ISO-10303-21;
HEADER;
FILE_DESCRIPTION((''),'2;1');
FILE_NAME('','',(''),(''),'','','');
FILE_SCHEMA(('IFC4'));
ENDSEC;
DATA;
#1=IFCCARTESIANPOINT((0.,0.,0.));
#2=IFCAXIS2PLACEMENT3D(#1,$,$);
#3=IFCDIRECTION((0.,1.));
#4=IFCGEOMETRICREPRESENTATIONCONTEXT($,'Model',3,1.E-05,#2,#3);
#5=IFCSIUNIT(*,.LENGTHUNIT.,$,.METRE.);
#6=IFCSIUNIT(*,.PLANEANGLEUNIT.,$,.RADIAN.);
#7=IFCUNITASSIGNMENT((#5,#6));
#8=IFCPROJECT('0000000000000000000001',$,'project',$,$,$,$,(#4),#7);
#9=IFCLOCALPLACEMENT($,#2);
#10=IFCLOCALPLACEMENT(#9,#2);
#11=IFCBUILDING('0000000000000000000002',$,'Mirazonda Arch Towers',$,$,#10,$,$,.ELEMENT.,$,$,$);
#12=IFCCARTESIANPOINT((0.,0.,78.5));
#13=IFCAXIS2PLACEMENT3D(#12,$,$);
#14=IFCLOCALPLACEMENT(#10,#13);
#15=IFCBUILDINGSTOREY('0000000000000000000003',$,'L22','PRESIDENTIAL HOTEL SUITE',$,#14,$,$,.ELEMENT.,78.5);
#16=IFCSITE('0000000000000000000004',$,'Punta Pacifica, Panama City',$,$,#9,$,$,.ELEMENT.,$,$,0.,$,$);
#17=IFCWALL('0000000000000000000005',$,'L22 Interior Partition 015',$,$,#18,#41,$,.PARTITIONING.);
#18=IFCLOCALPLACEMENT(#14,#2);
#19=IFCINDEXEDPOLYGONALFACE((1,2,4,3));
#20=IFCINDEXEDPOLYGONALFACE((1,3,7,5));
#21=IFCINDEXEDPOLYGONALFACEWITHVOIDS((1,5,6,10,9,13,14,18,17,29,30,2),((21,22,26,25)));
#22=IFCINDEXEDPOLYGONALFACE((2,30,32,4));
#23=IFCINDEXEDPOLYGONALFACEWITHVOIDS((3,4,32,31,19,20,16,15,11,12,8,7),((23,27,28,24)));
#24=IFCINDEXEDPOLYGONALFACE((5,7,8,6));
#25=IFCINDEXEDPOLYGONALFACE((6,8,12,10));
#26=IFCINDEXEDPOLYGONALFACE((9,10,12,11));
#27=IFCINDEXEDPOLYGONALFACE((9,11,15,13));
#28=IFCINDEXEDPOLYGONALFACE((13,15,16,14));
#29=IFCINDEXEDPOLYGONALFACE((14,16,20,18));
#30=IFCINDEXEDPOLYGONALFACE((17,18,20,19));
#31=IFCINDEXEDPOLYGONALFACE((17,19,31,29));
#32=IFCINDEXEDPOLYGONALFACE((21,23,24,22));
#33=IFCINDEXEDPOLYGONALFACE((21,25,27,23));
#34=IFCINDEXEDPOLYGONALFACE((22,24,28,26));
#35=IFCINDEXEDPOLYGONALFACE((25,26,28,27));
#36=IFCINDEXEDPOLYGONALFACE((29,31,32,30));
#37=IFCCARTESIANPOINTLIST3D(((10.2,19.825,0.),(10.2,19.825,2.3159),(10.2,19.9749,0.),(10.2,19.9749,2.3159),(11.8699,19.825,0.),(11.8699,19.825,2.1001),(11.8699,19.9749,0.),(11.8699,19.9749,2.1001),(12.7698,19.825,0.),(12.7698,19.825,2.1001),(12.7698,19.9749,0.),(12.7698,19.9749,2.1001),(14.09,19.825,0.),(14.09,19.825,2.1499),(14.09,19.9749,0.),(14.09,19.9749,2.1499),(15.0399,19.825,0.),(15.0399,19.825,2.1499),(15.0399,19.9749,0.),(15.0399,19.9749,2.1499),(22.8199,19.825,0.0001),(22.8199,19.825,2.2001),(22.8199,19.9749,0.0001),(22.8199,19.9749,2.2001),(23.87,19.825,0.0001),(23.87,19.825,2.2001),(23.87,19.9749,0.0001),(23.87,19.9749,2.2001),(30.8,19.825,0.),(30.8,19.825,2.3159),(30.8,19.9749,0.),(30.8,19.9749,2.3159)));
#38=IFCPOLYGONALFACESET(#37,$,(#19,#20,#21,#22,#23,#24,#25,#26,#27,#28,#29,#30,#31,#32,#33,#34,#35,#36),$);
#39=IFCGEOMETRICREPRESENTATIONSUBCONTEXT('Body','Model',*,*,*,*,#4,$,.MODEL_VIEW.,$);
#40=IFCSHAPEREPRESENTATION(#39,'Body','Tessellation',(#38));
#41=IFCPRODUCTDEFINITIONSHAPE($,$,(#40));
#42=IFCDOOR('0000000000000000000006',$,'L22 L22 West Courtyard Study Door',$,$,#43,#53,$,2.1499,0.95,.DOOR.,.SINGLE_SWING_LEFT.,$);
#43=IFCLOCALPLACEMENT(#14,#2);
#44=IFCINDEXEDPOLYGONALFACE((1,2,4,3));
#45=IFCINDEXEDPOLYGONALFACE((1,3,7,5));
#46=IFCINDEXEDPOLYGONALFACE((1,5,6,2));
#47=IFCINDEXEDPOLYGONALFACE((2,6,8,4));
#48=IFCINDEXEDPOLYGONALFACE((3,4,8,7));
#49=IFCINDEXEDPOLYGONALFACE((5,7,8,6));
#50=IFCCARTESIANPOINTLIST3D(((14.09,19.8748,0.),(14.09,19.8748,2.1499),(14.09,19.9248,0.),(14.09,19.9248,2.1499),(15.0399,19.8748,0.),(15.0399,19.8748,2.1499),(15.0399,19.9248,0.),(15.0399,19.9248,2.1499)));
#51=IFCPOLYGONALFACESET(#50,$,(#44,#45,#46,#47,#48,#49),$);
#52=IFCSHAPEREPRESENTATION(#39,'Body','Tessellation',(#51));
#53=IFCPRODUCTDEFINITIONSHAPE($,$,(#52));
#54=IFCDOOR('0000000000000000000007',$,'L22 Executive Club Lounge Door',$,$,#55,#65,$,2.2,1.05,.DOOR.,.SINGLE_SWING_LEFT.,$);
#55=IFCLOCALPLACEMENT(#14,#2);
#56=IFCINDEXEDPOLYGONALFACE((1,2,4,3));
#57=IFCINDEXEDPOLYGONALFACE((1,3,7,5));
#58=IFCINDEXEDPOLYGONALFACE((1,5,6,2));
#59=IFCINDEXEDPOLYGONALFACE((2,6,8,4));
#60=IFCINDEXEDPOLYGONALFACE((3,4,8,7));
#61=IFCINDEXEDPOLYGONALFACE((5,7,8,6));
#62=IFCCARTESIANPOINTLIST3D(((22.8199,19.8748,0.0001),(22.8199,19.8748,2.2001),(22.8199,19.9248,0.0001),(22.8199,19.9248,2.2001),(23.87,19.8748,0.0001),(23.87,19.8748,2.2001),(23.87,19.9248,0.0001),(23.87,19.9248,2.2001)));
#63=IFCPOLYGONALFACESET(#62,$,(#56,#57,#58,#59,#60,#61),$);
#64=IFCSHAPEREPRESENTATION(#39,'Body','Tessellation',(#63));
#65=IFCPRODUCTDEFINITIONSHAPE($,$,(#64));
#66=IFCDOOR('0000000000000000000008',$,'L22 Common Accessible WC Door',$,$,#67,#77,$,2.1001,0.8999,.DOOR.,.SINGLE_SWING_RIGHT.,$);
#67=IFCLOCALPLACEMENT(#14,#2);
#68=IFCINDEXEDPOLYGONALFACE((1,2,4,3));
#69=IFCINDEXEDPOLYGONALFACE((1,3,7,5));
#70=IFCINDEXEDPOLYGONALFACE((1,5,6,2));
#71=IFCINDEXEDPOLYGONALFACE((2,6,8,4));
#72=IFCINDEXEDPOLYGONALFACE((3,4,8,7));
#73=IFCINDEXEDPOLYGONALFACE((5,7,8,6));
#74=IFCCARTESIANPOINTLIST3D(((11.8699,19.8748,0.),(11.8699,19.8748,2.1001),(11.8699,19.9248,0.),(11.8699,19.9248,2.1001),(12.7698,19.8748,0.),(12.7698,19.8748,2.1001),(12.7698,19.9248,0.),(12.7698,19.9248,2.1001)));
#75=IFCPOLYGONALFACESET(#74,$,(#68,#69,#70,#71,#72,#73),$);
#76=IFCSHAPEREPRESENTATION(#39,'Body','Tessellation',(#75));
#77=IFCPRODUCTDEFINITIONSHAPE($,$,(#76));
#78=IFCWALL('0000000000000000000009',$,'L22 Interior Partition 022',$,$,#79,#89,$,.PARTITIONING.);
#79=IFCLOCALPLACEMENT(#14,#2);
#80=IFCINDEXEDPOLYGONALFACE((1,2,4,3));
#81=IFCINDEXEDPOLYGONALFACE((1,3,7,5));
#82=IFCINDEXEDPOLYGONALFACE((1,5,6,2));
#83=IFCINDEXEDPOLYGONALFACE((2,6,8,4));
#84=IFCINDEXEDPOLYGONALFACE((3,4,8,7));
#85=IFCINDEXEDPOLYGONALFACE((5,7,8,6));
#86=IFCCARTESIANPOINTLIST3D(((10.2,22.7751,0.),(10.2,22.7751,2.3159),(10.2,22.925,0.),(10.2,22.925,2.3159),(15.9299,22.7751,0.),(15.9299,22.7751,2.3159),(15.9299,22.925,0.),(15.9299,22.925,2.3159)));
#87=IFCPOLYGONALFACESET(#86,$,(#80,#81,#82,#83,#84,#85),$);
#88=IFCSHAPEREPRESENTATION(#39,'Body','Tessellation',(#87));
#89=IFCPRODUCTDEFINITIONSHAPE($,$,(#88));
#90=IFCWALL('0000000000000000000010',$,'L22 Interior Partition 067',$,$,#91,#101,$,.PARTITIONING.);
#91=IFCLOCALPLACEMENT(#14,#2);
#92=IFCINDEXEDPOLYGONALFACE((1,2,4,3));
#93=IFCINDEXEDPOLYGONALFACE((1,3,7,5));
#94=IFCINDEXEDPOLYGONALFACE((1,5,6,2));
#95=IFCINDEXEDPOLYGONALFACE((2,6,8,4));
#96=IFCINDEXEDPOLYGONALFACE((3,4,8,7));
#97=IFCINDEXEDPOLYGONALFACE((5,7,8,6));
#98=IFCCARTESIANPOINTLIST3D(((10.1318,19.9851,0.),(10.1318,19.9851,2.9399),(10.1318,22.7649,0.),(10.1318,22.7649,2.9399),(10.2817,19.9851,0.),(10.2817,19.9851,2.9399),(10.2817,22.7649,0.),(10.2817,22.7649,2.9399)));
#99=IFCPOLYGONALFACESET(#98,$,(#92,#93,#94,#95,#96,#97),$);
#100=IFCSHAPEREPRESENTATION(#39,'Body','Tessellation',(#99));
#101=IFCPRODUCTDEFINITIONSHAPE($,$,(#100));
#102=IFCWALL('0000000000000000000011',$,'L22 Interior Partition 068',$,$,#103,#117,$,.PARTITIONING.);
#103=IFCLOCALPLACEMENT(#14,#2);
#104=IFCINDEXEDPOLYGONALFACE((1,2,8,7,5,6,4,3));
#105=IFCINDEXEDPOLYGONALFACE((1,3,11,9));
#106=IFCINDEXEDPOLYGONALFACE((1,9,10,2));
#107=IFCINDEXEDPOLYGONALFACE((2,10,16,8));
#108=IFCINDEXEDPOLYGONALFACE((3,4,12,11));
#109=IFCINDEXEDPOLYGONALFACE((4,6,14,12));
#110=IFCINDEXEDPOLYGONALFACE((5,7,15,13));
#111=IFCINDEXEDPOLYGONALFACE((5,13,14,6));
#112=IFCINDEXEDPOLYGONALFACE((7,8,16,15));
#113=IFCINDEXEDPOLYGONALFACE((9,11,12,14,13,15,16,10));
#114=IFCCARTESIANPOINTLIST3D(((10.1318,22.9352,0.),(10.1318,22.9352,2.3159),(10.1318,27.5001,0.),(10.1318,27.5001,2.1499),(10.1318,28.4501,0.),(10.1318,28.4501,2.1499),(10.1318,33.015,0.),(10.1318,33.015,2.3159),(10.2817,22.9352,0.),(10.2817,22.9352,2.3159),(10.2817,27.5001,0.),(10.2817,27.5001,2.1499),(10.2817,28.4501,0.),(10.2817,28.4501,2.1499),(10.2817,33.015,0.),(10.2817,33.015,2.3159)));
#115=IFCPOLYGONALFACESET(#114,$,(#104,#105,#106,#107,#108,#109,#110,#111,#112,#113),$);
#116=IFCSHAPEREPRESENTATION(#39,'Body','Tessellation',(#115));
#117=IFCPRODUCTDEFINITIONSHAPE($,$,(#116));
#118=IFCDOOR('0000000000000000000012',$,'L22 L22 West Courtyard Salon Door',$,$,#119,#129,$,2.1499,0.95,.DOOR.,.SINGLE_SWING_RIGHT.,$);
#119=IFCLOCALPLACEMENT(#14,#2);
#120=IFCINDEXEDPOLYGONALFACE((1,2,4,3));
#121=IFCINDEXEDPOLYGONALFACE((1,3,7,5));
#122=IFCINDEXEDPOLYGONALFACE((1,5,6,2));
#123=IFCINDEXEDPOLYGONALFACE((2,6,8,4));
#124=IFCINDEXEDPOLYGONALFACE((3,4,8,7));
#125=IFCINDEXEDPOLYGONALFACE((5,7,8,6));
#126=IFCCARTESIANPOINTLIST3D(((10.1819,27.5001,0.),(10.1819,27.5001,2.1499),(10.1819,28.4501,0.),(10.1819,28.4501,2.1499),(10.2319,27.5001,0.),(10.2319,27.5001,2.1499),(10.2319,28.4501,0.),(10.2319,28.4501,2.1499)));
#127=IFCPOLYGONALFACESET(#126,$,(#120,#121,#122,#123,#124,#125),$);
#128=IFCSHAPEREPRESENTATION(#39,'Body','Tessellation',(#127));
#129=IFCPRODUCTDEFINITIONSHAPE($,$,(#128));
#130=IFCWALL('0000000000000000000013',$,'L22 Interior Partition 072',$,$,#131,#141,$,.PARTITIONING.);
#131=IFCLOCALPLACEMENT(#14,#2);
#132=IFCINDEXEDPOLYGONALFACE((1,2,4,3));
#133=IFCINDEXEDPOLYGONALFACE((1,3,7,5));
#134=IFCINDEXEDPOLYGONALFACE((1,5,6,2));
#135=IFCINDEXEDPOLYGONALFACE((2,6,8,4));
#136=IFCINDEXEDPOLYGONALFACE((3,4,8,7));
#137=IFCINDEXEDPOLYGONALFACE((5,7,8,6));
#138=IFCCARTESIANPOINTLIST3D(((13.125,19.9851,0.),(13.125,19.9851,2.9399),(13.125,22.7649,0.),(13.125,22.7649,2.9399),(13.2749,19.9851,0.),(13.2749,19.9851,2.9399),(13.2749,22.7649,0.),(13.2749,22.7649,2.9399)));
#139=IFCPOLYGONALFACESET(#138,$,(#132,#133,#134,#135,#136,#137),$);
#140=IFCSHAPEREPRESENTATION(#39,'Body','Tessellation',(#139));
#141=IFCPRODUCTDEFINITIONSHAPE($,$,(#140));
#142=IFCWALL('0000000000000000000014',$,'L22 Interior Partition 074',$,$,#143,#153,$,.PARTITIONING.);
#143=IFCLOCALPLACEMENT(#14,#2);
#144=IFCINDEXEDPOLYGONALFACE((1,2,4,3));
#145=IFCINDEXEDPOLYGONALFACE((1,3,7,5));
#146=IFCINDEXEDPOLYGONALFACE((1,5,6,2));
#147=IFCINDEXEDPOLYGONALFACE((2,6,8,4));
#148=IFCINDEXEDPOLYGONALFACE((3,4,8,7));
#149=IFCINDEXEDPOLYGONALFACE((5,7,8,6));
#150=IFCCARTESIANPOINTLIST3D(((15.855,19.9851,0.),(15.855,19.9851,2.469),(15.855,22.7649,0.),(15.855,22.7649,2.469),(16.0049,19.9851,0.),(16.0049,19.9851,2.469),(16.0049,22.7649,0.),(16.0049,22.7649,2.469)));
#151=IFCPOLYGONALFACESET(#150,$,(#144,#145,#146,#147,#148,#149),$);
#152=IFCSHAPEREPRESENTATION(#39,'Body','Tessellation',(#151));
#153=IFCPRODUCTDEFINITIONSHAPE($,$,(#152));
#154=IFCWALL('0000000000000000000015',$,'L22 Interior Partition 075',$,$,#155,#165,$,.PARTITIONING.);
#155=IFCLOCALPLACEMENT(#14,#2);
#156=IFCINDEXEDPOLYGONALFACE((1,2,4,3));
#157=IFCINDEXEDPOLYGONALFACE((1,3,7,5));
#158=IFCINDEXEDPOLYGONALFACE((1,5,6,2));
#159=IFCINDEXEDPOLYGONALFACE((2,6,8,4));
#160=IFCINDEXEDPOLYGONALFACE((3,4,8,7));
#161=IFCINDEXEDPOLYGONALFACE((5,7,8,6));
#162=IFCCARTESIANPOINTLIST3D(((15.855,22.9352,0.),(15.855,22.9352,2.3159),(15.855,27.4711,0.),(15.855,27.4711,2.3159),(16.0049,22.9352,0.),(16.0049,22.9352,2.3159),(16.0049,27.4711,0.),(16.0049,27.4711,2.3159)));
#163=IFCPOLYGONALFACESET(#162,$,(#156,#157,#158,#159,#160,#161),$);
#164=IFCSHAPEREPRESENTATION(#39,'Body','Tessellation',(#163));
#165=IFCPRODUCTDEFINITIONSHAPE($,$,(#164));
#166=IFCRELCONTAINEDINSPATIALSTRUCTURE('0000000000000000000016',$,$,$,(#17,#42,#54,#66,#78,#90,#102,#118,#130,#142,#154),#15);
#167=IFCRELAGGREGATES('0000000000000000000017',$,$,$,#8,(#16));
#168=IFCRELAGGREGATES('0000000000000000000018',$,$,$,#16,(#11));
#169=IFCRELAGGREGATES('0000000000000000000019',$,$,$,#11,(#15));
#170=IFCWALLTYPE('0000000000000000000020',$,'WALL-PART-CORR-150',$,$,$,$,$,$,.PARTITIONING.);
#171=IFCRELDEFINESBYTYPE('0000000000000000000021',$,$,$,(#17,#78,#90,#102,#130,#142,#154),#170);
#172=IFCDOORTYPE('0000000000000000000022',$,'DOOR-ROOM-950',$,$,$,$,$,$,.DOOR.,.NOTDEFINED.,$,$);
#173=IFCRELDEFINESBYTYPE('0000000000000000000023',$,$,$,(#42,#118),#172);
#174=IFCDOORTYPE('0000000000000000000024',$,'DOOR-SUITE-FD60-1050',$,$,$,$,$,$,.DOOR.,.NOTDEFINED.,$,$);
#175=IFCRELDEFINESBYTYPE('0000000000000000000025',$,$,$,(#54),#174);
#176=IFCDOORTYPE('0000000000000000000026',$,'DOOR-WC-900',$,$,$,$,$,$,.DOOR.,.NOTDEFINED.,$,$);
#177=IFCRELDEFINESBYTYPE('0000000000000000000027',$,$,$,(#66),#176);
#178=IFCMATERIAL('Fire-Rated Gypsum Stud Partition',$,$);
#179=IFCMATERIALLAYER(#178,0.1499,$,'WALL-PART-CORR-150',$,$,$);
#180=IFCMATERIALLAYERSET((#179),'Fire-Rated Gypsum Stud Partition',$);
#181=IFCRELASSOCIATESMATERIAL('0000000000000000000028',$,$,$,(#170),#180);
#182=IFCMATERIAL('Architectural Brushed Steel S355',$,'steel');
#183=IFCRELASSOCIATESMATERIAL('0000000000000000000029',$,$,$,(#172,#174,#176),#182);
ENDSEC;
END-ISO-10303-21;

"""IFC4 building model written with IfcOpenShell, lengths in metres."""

from ifc_helpers import new_model, si_unit, direction, frame, frame_2d, origin, place, context, subcontext, project, spatial, rectangle, extrude, material, layer, layer_set, type_object, element, fill, save


model = new_model("IFC4")

# Units and contexts
model_context = context("Model", 3, precision=1e-05, world=origin(), true_north=direction((0.0, 1.0)))
body_context = subcontext(model_context, "Body", "Model", "MODEL_VIEW")
ifc_project = project(units=[si_unit("LENGTHUNIT", "METRE"), si_unit("PLANEANGLEUNIT", "RADIAN")], contexts=[model_context])

# Site, building, storey
site_placement = place(None, origin())
site = spatial("IfcSite", under=ifc_project, at=site_placement, Name="Punta Pacifica, Panama City", CompositionType="ELEMENT", RefElevation=0.0)
building_placement = place(site_placement, origin())
building = spatial("IfcBuilding", under=site, at=building_placement, Name="Mirazonda Arch Towers", CompositionType="ELEMENT")
storey_placement = place(building_placement, frame((0.0, 0.0, 78.5)))
storey = spatial("IfcBuildingStorey", under=building, at=storey_placement, Name="L22", Description="PRESIDENTIAL HOTEL SUITE", CompositionType="ELEMENT", Elevation=78.5)

# Shared definitions
ifc_material_1 = material(Name="Architectural Brushed Steel S355", Category="steel")

# Wall, openings, doors
ifc_material_2 = material(Name="Fire-Rated Gypsum Stud Partition")
ifc_layer_1 = layer(ifc_material_2, 0.1499, Name="WALL-PART-CORR-150")
ifc_layer_set_1 = layer_set([ifc_layer_1], Name="Fire-Rated Gypsum Stud Partition")
wall_type_1 = type_object("IfcWallType", Name="WALL-PART-CORR-150", PredefinedType="PARTITIONING", material=ifc_layer_set_1)
wall_1_placement = place(storey_placement, frame((10.2, 19.8999, 0.0), z_axis=(0.0, 0.0, 1.0), x_axis=(1.0, 0.0, 0.0)))
wall_1 = element("IfcWall", 1, at=wall_1_placement, inside=storey, type_object=wall_type_1, Name="L22 Interior Partition 015", PredefinedType="PARTITIONING", context=body_context, shape_type="SweptSolid", body=[
    extrude(rectangle(XDim=20.6001, YDim=0.1499, at=frame_2d((10.3, 0.0))), origin(), (0.0, 0.0, 1.0), 2.3159),
])
opening_1_placement = place(wall_1_placement, frame((1.6699, 0.0, 0.0)))
opening_1 = element("IfcOpeningElement", 2, at=opening_1_placement, cuts=wall_1, PredefinedType="OPENING", context=body_context, shape_type="SweptSolid", body=[
    extrude(rectangle(XDim=0.8999, YDim=2.1001, at=frame_2d((0.45, 1.05))), frame((0.0, 0.085, 0.0), z_axis=(0.0, -1.0, 0.0), x_axis=(1.0, 0.0, 0.0)), (0.0, 0.0, 1.0), 0.1699),
])
opening_2_placement = place(wall_1_placement, frame((3.8899, 0.0, 0.0)))
opening_2 = element("IfcOpeningElement", 3, at=opening_2_placement, cuts=wall_1, PredefinedType="OPENING", context=body_context, shape_type="SweptSolid", body=[
    extrude(rectangle(XDim=0.95, YDim=2.1499, at=frame_2d((0.4751, 1.075))), frame((0.0, 0.085, 0.0), z_axis=(0.0, -1.0, 0.0), x_axis=(1.0, 0.0, 0.0)), (0.0, 0.0, 1.0), 0.1699),
])
opening_3_placement = place(wall_1_placement, frame((12.6201, 0.0, 0.0)))
opening_3 = element("IfcOpeningElement", 4, at=opening_3_placement, cuts=wall_1, PredefinedType="OPENING", context=body_context, shape_type="SweptSolid", body=[
    extrude(rectangle(XDim=1.05, YDim=2.2, at=frame_2d((0.5249, 1.1001))), frame((0.0, 0.085, 0.0), z_axis=(0.0, -1.0, 0.0), x_axis=(1.0, 0.0, 0.0)), (0.0, 0.0, 1.0), 0.1699),
])
door_type_1 = type_object("IfcDoorType", Name="DOOR-ROOM-950", OperationType="NOTDEFINED", PredefinedType="DOOR", material=ifc_material_1)
door_1_placement = place(opening_2_placement, origin())
door_1 = element("IfcDoor", 5, at=door_1_placement, inside=storey, type_object=door_type_1, Name="L22 L22 West Courtyard Study Door", OperationType="SINGLE_SWING_LEFT", OverallHeight=2.1499, OverallWidth=0.95, PredefinedType="DOOR", context=body_context, shape_type="SweptSolid", body=[
    extrude(rectangle(XDim=0.95, YDim=2.1499, at=frame_2d((0.4751, 1.075))), frame((0.0, 0.0249, 0.0), z_axis=(0.0, -1.0, 0.0), x_axis=(1.0, 0.0, 0.0)), (0.0, 0.0, 1.0), 0.05),
])
fill(opening_2, door_1)
door_type_2 = type_object("IfcDoorType", Name="DOOR-SUITE-FD60-1050", OperationType="NOTDEFINED", PredefinedType="DOOR", material=ifc_material_1)
door_2_placement = place(opening_3_placement, origin())
door_2 = element("IfcDoor", 6, at=door_2_placement, inside=storey, type_object=door_type_2, Name="L22 Executive Club Lounge Door", OperationType="SINGLE_SWING_LEFT", OverallHeight=2.2, OverallWidth=1.05, PredefinedType="DOOR", context=body_context, shape_type="SweptSolid", body=[
    extrude(rectangle(XDim=1.05, YDim=2.2, at=frame_2d((0.5249, 1.1001))), frame((0.0, 0.0249, 0.0), z_axis=(0.0, -1.0, 0.0), x_axis=(1.0, 0.0, 0.0)), (0.0, 0.0, 1.0), 0.05),
])
fill(opening_3, door_2)
door_type_3 = type_object("IfcDoorType", Name="DOOR-WC-900", OperationType="NOTDEFINED", PredefinedType="DOOR", material=ifc_material_1)
door_3_placement = place(opening_1_placement, origin())
door_3 = element("IfcDoor", 7, at=door_3_placement, inside=storey, type_object=door_type_3, Name="L22 Common Accessible WC Door", OperationType="SINGLE_SWING_RIGHT", OverallHeight=2.1001, OverallWidth=0.8999, PredefinedType="DOOR", context=body_context, shape_type="SweptSolid", body=[
    extrude(rectangle(XDim=0.8999, YDim=2.1001, at=frame_2d((0.45, 1.05))), frame((0.0, 0.0249, 0.0), z_axis=(0.0, -1.0, 0.0), x_axis=(1.0, 0.0, 0.0)), (0.0, 0.0, 1.0), 0.05),
])
fill(opening_1, door_3)

# Walls
wall_2_placement = place(storey_placement, frame((10.2, 22.8501, 0.0), z_axis=(0.0, 0.0, 1.0), x_axis=(1.0, 0.0, 0.0)))
element("IfcWall", 8, at=wall_2_placement, inside=storey, type_object=wall_type_1, Name="L22 Interior Partition 022", PredefinedType="PARTITIONING", context=body_context, shape_type="SweptSolid", body=[
    extrude(rectangle(XDim=5.73, YDim=0.1499, at=frame_2d((2.865, 0.0))), origin(), (0.0, 0.0, 1.0), 2.3159),
])
wall_3_placement = place(storey_placement, frame((10.2068, 19.9851, 0.0), z_axis=(0.0, 0.0, 1.0), x_axis=(0.0, 1.0, 0.0)))
element("IfcWall", 9, at=wall_3_placement, inside=storey, type_object=wall_type_1, Name="L22 Interior Partition 067", PredefinedType="PARTITIONING", context=body_context, shape_type="SweptSolid", body=[
    extrude(rectangle(XDim=2.7798, YDim=0.1499, at=frame_2d((1.3899, 0.0))), origin(), (0.0, 0.0, 1.0), 2.9399),
])

# Wall, opening, door
wall_4_placement = place(storey_placement, frame((10.2068, 22.9351, 0.0), z_axis=(0.0, 0.0, 1.0), x_axis=(0.0, 1.0, 0.0)))
wall_4 = element("IfcWall", 10, at=wall_4_placement, inside=storey, type_object=wall_type_1, Name="L22 Interior Partition 068", PredefinedType="PARTITIONING", context=body_context, shape_type="SweptSolid", body=[
    extrude(rectangle(XDim=10.0798, YDim=0.1499, at=frame_2d((5.04, 0.0))), origin(), (0.0, 0.0, 1.0), 2.3159),
])
opening_4_placement = place(wall_4_placement, frame((4.5649, 0.0, 0.0)))
opening_4 = element("IfcOpeningElement", 11, at=opening_4_placement, cuts=wall_4, PredefinedType="OPENING", context=body_context, shape_type="SweptSolid", body=[
    extrude(rectangle(XDim=0.95, YDim=2.1499, at=frame_2d((0.4751, 1.075))), frame((0.0, 0.085, 0.0), z_axis=(0.0, -1.0, 0.0), x_axis=(1.0, 0.0, 0.0)), (0.0, 0.0, 1.0), 0.1699),
])
door_4_placement = place(opening_4_placement, origin())
door_4 = element("IfcDoor", 12, at=door_4_placement, inside=storey, type_object=door_type_1, Name="L22 L22 West Courtyard Salon Door", OperationType="SINGLE_SWING_RIGHT", OverallHeight=2.1499, OverallWidth=0.95, PredefinedType="DOOR", context=body_context, shape_type="SweptSolid", body=[
    extrude(rectangle(XDim=0.95, YDim=2.1499, at=frame_2d((0.4751, 1.075))), frame((0.0, 0.0249, 0.0), z_axis=(0.0, -1.0, 0.0), x_axis=(1.0, 0.0, 0.0)), (0.0, 0.0, 1.0), 0.05),
])
fill(opening_4, door_4)

# Walls
wall_5_placement = place(storey_placement, frame((13.2, 19.9851, 0.0), z_axis=(0.0, 0.0, 1.0), x_axis=(0.0, 1.0, 0.0)))
element("IfcWall", 13, at=wall_5_placement, inside=storey, type_object=wall_type_1, Name="L22 Interior Partition 072", PredefinedType="PARTITIONING", context=body_context, shape_type="SweptSolid", body=[
    extrude(rectangle(XDim=2.7798, YDim=0.1499, at=frame_2d((1.3899, 0.0))), origin(), (0.0, 0.0, 1.0), 2.9399),
])
wall_6_placement = place(storey_placement, frame((15.9299, 19.9851, 0.0), z_axis=(0.0, 0.0, 1.0), x_axis=(0.0, 1.0, 0.0)))
element("IfcWall", 14, at=wall_6_placement, inside=storey, type_object=wall_type_1, Name="L22 Interior Partition 074", PredefinedType="PARTITIONING", context=body_context, shape_type="SweptSolid", body=[
    extrude(rectangle(XDim=2.7798, YDim=0.1499, at=frame_2d((1.3899, 0.0))), origin(), (0.0, 0.0, 1.0), 2.469),
])
wall_7_placement = place(storey_placement, frame((15.9299, 22.9351, 0.0), z_axis=(0.0, 0.0, 1.0), x_axis=(0.0, 1.0, 0.0)))
element("IfcWall", 15, at=wall_7_placement, inside=storey, type_object=wall_type_1, Name="L22 Interior Partition 075", PredefinedType="PARTITIONING", context=body_context, shape_type="SweptSolid", body=[
    extrude(rectangle(XDim=4.5359, YDim=0.1499, at=frame_2d((2.2681, 0.0))), origin(), (0.0, 0.0, 1.0), 2.3159),
])

save(model, "model.ifc")
